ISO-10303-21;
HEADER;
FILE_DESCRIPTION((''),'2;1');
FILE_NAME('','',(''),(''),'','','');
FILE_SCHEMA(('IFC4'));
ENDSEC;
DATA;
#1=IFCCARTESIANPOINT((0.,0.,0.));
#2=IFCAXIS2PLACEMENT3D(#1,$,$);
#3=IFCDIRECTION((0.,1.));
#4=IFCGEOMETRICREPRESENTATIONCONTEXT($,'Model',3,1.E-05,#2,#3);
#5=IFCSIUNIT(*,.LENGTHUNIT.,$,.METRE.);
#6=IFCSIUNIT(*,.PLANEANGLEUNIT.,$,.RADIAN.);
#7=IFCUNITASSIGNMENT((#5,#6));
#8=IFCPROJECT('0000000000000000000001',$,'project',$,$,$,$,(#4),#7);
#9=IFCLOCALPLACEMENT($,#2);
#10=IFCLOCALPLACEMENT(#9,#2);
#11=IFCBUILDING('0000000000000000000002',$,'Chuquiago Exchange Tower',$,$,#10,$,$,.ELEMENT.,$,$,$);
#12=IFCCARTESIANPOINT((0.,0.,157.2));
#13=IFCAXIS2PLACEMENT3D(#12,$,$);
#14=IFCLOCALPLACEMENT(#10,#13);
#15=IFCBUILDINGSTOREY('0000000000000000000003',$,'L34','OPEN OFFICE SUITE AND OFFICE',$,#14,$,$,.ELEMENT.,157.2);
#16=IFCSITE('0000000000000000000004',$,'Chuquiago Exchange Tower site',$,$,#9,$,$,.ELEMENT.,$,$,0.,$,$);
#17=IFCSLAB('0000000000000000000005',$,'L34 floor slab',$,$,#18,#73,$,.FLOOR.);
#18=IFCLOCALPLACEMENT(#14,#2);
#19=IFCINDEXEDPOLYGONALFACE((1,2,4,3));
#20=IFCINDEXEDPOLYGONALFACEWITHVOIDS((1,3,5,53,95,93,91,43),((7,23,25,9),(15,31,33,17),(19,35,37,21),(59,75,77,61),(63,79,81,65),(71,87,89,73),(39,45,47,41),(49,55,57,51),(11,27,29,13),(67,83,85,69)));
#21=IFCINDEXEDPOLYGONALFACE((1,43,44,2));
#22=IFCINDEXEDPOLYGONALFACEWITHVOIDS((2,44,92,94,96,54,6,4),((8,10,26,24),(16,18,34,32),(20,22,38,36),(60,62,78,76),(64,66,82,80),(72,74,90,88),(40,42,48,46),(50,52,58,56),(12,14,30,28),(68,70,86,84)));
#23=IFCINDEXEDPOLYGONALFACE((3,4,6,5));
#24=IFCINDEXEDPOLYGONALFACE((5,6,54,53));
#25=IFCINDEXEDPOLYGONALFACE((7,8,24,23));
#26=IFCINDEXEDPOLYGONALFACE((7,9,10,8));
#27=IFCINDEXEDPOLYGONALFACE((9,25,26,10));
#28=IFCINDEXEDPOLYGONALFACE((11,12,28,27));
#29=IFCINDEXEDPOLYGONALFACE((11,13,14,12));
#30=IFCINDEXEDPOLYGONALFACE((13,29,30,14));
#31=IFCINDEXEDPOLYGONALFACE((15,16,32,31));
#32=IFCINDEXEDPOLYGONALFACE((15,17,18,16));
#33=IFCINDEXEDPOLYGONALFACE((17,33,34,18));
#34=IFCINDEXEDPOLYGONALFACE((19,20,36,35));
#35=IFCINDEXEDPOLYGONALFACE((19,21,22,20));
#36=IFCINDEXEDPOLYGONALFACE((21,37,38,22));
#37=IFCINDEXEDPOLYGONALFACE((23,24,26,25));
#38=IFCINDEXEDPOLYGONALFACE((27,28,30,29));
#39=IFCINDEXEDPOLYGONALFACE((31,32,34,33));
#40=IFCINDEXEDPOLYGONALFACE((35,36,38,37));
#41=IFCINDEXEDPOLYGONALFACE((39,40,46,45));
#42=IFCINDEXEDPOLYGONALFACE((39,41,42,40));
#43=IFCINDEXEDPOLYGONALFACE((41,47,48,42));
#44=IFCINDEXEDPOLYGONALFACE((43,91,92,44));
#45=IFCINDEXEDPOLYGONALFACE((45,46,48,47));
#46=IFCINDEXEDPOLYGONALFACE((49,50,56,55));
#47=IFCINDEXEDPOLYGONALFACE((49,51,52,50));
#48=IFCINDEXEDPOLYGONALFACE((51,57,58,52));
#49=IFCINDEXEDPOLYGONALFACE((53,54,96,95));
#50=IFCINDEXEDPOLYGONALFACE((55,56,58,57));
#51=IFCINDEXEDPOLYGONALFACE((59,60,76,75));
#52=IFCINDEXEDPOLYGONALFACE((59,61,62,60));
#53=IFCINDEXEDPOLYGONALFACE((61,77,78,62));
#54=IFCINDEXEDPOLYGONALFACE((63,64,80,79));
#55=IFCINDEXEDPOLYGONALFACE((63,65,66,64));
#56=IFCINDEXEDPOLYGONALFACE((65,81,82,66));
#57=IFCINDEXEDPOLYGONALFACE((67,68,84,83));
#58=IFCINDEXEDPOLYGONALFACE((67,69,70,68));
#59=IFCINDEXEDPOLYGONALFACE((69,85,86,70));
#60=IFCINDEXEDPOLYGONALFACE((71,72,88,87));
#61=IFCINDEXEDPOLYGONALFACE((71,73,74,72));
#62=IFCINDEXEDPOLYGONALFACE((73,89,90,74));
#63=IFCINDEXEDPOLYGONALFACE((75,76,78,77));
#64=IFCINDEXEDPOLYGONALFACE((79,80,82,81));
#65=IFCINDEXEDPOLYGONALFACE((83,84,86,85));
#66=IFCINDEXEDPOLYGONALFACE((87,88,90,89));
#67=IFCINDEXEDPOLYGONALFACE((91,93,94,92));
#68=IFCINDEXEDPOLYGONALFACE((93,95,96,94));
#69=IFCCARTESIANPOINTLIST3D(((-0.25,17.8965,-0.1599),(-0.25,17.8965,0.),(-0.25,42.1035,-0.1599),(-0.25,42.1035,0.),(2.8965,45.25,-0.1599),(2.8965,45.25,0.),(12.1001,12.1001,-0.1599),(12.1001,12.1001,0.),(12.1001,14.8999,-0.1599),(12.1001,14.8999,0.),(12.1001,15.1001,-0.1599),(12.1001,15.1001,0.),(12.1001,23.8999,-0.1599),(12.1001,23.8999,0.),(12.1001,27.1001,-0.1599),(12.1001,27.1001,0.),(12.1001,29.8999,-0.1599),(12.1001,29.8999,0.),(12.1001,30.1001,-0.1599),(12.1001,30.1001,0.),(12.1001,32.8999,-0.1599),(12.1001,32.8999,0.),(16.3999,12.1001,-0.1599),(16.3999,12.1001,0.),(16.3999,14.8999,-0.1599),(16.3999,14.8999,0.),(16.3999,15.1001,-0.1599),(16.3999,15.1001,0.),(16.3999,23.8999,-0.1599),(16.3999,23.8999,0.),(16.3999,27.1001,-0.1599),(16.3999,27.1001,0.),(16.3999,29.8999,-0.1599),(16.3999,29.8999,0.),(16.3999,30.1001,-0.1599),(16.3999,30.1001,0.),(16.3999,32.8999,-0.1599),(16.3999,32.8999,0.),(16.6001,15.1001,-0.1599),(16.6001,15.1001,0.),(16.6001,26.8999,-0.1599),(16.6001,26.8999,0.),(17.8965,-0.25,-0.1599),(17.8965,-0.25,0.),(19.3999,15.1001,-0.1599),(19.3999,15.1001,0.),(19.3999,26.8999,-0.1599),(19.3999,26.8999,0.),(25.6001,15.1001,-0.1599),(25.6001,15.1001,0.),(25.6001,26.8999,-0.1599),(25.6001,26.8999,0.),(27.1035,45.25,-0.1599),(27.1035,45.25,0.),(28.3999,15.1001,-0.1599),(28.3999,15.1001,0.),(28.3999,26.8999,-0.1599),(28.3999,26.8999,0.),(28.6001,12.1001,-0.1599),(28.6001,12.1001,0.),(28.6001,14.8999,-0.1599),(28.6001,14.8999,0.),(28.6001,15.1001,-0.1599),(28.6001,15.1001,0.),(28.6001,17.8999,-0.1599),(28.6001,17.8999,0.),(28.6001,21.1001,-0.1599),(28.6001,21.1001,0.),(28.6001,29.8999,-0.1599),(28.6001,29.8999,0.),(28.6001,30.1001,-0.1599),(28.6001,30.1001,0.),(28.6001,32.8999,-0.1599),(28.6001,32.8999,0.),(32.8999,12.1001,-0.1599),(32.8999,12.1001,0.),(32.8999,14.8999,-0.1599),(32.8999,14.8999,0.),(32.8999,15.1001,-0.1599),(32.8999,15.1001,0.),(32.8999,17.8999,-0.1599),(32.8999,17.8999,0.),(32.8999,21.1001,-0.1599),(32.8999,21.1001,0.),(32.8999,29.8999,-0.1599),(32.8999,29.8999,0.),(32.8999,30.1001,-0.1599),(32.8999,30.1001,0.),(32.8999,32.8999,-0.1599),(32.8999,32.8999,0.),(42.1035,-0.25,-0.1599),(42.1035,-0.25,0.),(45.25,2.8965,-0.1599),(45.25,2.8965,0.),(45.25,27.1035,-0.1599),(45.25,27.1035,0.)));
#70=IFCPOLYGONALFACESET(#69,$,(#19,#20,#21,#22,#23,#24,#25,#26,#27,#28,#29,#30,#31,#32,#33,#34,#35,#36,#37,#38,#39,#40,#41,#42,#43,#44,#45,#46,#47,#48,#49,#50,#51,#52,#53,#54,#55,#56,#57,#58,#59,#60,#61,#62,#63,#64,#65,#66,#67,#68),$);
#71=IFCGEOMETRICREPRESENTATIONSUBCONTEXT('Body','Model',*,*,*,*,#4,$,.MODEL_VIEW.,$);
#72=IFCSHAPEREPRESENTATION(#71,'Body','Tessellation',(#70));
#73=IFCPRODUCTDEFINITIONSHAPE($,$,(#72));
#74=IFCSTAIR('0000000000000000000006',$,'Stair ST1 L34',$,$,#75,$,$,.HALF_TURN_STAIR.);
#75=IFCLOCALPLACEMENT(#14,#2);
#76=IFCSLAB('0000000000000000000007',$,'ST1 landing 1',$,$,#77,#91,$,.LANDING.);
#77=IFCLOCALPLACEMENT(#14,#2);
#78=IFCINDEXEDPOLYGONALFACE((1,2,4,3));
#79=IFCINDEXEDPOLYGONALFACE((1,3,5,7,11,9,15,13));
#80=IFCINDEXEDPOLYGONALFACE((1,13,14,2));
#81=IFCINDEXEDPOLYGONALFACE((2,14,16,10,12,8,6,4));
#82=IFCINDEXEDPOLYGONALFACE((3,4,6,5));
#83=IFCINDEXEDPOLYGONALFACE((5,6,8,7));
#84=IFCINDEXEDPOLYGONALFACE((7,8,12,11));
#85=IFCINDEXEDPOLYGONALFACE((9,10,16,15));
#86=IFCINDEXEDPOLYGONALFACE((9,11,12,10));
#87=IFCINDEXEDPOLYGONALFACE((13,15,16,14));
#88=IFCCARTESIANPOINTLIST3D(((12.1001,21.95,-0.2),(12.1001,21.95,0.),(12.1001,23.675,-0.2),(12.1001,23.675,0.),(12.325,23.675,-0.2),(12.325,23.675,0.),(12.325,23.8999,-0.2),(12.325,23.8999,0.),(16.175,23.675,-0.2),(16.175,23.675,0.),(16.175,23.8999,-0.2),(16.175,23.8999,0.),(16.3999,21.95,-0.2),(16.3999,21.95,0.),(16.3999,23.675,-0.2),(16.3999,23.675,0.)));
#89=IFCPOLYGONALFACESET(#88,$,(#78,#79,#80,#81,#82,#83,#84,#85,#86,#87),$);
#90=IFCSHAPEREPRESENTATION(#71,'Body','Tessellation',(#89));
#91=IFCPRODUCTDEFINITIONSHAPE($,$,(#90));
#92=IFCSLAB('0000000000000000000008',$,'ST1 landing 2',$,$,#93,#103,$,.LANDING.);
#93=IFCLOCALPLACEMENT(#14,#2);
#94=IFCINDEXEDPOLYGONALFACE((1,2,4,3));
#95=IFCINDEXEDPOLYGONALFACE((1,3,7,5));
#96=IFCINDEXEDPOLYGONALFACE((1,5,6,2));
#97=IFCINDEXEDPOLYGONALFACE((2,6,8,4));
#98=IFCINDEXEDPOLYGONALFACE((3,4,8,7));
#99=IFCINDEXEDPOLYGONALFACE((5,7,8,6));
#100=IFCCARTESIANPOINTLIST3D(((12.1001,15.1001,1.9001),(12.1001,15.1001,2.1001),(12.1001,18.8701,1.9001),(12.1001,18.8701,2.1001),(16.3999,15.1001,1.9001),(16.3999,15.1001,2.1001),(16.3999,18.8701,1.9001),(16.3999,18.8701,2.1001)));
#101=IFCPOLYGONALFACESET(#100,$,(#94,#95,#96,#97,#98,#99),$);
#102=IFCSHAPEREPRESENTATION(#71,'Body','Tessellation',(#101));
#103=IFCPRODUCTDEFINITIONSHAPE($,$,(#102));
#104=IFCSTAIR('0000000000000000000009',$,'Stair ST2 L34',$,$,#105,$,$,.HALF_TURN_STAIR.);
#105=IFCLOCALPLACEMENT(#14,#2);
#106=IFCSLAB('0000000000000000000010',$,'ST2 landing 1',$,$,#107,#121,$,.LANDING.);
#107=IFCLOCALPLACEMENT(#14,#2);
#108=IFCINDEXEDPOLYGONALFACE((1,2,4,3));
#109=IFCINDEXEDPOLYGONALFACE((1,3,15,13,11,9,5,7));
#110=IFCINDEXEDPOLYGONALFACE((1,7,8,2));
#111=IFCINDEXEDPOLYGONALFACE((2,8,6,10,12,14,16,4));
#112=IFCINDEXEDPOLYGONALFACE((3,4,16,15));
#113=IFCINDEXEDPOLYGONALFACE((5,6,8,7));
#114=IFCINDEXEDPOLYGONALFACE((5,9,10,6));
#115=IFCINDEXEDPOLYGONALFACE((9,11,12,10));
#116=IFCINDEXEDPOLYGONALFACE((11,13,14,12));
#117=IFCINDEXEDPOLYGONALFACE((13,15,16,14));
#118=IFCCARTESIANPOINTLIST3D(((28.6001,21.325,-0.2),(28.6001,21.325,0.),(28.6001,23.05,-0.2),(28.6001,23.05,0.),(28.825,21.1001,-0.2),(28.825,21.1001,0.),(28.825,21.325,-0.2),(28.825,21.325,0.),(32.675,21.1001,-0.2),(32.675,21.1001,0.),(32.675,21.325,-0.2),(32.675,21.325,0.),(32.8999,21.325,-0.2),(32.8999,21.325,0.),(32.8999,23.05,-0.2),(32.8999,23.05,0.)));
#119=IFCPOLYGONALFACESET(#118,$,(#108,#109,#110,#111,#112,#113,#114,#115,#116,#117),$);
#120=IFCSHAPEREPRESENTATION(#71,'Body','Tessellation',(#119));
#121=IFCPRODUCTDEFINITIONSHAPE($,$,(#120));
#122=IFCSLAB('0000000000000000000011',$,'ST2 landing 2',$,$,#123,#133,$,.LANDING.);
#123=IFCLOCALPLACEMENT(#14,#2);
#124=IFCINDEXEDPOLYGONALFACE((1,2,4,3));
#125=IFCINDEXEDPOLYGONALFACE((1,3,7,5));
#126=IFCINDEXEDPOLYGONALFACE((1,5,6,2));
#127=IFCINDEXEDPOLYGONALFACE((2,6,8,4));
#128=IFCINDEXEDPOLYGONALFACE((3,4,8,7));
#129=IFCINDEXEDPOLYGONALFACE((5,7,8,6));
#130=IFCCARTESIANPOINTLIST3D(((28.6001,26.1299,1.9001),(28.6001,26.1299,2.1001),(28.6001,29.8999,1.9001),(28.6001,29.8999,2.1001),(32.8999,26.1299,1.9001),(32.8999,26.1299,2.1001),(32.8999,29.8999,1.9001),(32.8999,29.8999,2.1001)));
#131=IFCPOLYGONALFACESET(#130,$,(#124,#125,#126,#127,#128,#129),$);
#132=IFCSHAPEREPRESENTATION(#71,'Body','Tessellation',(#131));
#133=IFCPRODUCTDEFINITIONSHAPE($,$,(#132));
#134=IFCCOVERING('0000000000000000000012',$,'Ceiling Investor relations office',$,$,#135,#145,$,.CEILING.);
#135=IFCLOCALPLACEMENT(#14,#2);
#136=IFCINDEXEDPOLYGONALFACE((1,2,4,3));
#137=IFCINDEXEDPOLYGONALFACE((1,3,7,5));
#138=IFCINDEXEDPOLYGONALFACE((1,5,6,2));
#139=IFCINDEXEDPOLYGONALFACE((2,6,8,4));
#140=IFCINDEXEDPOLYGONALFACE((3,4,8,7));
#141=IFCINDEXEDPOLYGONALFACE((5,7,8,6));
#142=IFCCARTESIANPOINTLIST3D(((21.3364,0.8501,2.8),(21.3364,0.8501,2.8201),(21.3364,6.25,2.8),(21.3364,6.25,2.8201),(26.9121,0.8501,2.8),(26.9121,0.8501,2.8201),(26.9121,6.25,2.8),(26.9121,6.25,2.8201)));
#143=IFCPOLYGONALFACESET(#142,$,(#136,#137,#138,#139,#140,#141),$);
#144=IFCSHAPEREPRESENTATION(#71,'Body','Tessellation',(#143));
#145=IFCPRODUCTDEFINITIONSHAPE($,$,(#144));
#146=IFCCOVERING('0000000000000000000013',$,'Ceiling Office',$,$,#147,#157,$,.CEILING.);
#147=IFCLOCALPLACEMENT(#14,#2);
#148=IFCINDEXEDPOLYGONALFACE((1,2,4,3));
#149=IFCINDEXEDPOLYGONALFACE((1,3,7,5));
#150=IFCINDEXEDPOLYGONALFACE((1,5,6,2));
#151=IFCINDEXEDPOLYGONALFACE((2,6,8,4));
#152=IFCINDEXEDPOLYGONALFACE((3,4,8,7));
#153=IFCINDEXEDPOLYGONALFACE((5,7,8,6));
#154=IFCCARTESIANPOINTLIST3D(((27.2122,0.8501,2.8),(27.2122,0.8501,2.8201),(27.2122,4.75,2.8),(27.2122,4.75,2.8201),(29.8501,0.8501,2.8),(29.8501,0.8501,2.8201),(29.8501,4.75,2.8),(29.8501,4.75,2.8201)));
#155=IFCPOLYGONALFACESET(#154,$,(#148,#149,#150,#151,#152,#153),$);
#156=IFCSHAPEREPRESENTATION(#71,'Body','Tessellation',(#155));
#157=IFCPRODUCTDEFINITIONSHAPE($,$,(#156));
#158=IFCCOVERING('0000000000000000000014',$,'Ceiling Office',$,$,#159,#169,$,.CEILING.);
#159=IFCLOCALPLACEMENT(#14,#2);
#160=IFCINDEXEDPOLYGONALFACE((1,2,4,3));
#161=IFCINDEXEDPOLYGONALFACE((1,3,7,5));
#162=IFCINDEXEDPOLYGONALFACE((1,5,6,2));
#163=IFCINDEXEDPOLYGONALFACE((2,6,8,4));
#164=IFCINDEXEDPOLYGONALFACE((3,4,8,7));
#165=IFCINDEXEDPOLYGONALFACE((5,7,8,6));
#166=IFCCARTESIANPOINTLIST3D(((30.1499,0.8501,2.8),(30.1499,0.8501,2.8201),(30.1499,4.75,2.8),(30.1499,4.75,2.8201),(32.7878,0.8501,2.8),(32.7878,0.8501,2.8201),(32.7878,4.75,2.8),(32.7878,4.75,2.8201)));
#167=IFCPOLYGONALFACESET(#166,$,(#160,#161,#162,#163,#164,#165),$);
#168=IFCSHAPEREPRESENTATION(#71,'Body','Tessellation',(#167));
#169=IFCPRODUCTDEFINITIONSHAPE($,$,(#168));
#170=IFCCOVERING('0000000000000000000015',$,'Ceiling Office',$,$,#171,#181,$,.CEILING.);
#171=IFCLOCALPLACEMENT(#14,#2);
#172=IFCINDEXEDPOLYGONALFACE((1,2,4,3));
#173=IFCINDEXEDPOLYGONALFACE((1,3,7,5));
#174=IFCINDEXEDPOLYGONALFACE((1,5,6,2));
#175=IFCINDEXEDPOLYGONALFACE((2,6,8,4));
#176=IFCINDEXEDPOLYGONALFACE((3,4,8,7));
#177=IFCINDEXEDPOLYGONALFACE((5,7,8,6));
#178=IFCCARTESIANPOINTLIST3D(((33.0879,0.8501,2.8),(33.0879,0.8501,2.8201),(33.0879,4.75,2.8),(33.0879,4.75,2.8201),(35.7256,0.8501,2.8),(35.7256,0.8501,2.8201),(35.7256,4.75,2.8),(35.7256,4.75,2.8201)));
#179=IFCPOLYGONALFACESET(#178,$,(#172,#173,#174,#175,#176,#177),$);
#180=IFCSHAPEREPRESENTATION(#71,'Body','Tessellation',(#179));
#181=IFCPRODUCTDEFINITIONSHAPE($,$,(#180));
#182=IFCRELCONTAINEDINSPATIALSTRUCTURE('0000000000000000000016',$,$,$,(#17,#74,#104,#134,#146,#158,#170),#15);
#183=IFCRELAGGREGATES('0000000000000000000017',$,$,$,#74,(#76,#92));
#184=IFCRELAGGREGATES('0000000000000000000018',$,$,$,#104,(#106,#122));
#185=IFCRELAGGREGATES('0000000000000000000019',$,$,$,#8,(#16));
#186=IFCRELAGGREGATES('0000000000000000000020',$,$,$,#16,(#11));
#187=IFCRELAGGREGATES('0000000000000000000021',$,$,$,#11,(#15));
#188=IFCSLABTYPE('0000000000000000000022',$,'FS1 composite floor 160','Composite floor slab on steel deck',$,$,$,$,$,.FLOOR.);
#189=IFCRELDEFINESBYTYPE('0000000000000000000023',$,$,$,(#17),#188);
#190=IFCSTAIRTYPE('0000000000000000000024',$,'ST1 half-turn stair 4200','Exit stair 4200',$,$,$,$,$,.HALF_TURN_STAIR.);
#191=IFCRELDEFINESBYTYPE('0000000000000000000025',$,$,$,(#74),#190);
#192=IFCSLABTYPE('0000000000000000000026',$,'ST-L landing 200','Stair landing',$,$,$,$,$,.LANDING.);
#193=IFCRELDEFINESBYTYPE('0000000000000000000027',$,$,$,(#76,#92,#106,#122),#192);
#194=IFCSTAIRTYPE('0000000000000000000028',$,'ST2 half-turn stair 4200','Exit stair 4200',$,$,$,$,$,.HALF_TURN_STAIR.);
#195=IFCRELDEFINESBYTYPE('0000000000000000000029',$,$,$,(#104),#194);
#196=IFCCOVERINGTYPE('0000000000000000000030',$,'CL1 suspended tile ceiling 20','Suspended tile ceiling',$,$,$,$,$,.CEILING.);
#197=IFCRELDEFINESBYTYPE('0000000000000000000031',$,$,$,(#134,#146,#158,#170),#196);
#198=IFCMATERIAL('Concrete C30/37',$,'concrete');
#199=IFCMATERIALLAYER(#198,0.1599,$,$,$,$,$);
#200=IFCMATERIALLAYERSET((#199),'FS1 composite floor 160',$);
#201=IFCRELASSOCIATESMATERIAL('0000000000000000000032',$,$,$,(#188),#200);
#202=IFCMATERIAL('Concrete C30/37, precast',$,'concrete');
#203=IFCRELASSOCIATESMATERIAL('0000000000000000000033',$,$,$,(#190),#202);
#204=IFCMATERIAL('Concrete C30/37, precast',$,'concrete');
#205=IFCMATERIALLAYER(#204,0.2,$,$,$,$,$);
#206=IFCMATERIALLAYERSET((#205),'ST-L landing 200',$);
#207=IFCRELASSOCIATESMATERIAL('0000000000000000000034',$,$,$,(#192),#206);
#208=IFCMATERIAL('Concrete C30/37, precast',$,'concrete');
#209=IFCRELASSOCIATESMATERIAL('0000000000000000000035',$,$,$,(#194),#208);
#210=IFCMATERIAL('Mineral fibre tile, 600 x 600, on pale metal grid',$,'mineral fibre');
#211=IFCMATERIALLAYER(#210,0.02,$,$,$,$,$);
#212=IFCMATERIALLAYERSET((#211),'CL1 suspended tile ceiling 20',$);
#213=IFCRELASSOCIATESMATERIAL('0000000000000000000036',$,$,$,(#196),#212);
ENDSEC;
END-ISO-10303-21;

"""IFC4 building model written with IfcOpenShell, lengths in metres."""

from ifc_helpers import new_model, si_unit, direction, frame, origin, place, context, subcontext, project, spatial, polyline, outline, extrude, material, layer, layer_set, type_object, element, aggregate, save


model = new_model("IFC4")

# Units and contexts
model_context = context("Model", 3, precision=1e-05, world=origin(), true_north=direction((0.0, 1.0)))
body_context = subcontext(model_context, "Body", "Model", "MODEL_VIEW")
ifc_project = project(units=[si_unit("LENGTHUNIT", "METRE"), si_unit("PLANEANGLEUNIT", "RADIAN")], contexts=[model_context])

# Site, building, storey
site_placement = place(None, origin())
site = spatial("IfcSite", under=ifc_project, at=site_placement, Name="Chuquiago Exchange Tower site", CompositionType="ELEMENT", RefElevation=0.0)
building_placement = place(site_placement, origin())
building = spatial("IfcBuilding", under=site, at=building_placement, Name="Chuquiago Exchange Tower", CompositionType="ELEMENT")
storey_placement = place(building_placement, frame((0.0, 0.0, 157.2)))
storey = spatial("IfcBuildingStorey", under=building, at=storey_placement, Name="L34", Description="OPEN OFFICE SUITE AND OFFICE", CompositionType="ELEMENT", Elevation=157.2)

# Slab
ifc_material_1 = material(Name="Concrete C30/37", Category="concrete")
ifc_layer_1 = layer(ifc_material_1, 0.1599)
ifc_layer_set_1 = layer_set([ifc_layer_1], Name="FS1 composite floor 160")
slab_type_1 = type_object("IfcSlabType", Name="FS1 composite floor 160", Description="Composite floor slab on steel deck", PredefinedType="FLOOR", material=ifc_layer_set_1)
slab_1_placement = place(storey_placement, frame((0.0, 0.0, -0.1599)))
element("IfcSlab", 1, at=slab_1_placement, inside=storey, type_object=slab_type_1, Name="L34 floor slab", PredefinedType="FLOOR", context=body_context, shape_type="SweptSolid", body=[
    extrude(outline(polyline([(17.8965, -0.25), (-0.25, 17.8965), (-0.25, 42.1035), (2.8965, 45.25), (27.1035, 45.25), (45.25, 27.1035), (45.25, 2.8965), (42.1035, -0.25), (17.8965, -0.25)]), holes=[polyline([(16.3999, 15.1001), (12.1001, 15.1001), (12.1001, 23.8999), (16.3999, 23.8999), (16.3999, 15.1001)]), polyline([(32.8999, 21.1001), (28.6001, 21.1001), (28.6001, 29.8999), (32.8999, 29.8999), (32.8999, 21.1001)]), polyline([(16.3999, 12.1001), (12.1001, 12.1001), (12.1001, 14.8999), (16.3999, 14.8999), (16.3999, 12.1001)]), polyline([(16.3999, 30.1001), (12.1001, 30.1001), (12.1001, 32.8999), (16.3999, 32.8999), (16.3999, 30.1001)]), polyline([(32.8999, 12.1001), (28.6001, 12.1001), (28.6001, 14.8999), (32.8999, 14.8999), (32.8999, 12.1001)]), polyline([(32.8999, 30.1001), (28.6001, 30.1001), (28.6001, 32.8999), (32.8999, 32.8999), (32.8999, 30.1001)]), polyline([(16.3999, 27.1001), (12.1001, 27.1001), (12.1001, 29.8999), (16.3999, 29.8999), (16.3999, 27.1001)]), polyline([(32.8999, 15.1001), (28.6001, 15.1001), (28.6001, 17.8999), (32.8999, 17.8999), (32.8999, 15.1001)]), polyline([(19.3999, 15.1001), (16.6001, 15.1001), (16.6001, 26.8999), (19.3999, 26.8999), (19.3999, 15.1001)]), polyline([(28.3999, 15.1001), (25.6001, 15.1001), (25.6001, 26.8999), (28.3999, 26.8999), (28.3999, 15.1001)])]), origin(), (0.0, 0.0, 1.0), 0.1599),
])

# Stairs, slabs
ifc_material_2 = material(Name="Concrete C30/37, precast", Category="concrete")
stair_type_1 = type_object("IfcStairType", Name="ST1 half-turn stair 4200", Description="Exit stair 4200", PredefinedType="HALF_TURN_STAIR", material=ifc_material_2)
stair_1_placement = place(storey_placement, origin())
stair_1 = element("IfcStair", 2, at=stair_1_placement, inside=storey, type_object=stair_type_1, Name="Stair ST1 L34", PredefinedType="HALF_TURN_STAIR")
ifc_material_3 = material(Name="Concrete C30/37, precast", Category="concrete")
ifc_layer_2 = layer(ifc_material_3, 0.2)
ifc_layer_set_2 = layer_set([ifc_layer_2], Name="ST-L landing 200")
slab_type_2 = type_object("IfcSlabType", Name="ST-L landing 200", Description="Stair landing", PredefinedType="LANDING", material=ifc_layer_set_2)
slab_2_placement = place(storey_placement, frame((0.0, 0.0, -0.2)))
slab_2 = element("IfcSlab", 3, at=slab_2_placement, type_object=slab_type_2, Name="ST1 landing 1", PredefinedType="LANDING", context=body_context, shape_type="SweptSolid", body=[
    extrude(outline(polyline([(12.325, 23.8999), (16.175, 23.8999), (16.175, 23.675), (16.3999, 23.675), (16.3999, 21.95), (12.1001, 21.95), (12.1001, 23.675), (12.325, 23.675), (12.325, 23.8999)])), origin(), (0.0, 0.0, 1.0), 0.2),
])
slab_3_placement = place(storey_placement, frame((0.0, 0.0, 1.9001)))
slab_3 = element("IfcSlab", 4, at=slab_3_placement, type_object=slab_type_2, Name="ST1 landing 2", PredefinedType="LANDING", context=body_context, shape_type="SweptSolid", body=[
    extrude(outline(polyline([(12.1001, 18.8701), (16.3999, 18.8701), (16.3999, 15.1001), (12.1001, 15.1001), (12.1001, 18.8701)])), origin(), (0.0, 0.0, 1.0), 0.2),
])
aggregate(stair_1, [slab_2, slab_3])
ifc_material_4 = material(Name="Concrete C30/37, precast", Category="concrete")
stair_type_2 = type_object("IfcStairType", Name="ST2 half-turn stair 4200", Description="Exit stair 4200", PredefinedType="HALF_TURN_STAIR", material=ifc_material_4)
stair_2_placement = place(storey_placement, origin())
stair_2 = element("IfcStair", 5, at=stair_2_placement, inside=storey, type_object=stair_type_2, Name="Stair ST2 L34", PredefinedType="HALF_TURN_STAIR")
slab_4_placement = place(storey_placement, frame((0.0, 0.0, -0.2)))
slab_4 = element("IfcSlab", 6, at=slab_4_placement, type_object=slab_type_2, Name="ST2 landing 1", PredefinedType="LANDING", context=body_context, shape_type="SweptSolid", body=[
    extrude(outline(polyline([(32.675, 21.325), (32.675, 21.1001), (28.825, 21.1001), (28.825, 21.325), (28.6001, 21.325), (28.6001, 23.05), (32.8999, 23.05), (32.8999, 21.325), (32.675, 21.325)])), origin(), (0.0, 0.0, 1.0), 0.2),
])
slab_5_placement = place(storey_placement, frame((0.0, 0.0, 1.9001)))
slab_5 = element("IfcSlab", 7, at=slab_5_placement, type_object=slab_type_2, Name="ST2 landing 2", PredefinedType="LANDING", context=body_context, shape_type="SweptSolid", body=[
    extrude(outline(polyline([(28.6001, 29.8999), (32.8999, 29.8999), (32.8999, 26.1299), (28.6001, 26.1299), (28.6001, 29.8999)])), origin(), (0.0, 0.0, 1.0), 0.2),
])
aggregate(stair_2, [slab_4, slab_5])

# Coverings
ifc_material_5 = material(Name="Mineral fibre tile, 600 x 600, on pale metal grid", Category="mineral fibre")
ifc_layer_3 = layer(ifc_material_5, 0.02)
ifc_layer_set_3 = layer_set([ifc_layer_3], Name="CL1 suspended tile ceiling 20")
covering_type_1 = type_object("IfcCoveringType", Name="CL1 suspended tile ceiling 20", Description="Suspended tile ceiling", PredefinedType="CEILING", material=ifc_layer_set_3)
covering_1_placement = place(storey_placement, frame((0.0, 0.0, 2.8)))
element("IfcCovering", 8, at=covering_1_placement, inside=storey, type_object=covering_type_1, Name="Ceiling Investor relations office", PredefinedType="CEILING", context=body_context, shape_type="SweptSolid", body=[
    extrude(outline(polyline([(21.3364, 6.25), (26.9121, 6.25), (26.9121, 0.8501), (21.3364, 0.8501), (21.3364, 6.25)])), origin(), (0.0, 0.0, 1.0), 0.02),
])
covering_2_placement = place(storey_placement, frame((0.0, 0.0, 2.8)))
element("IfcCovering", 9, at=covering_2_placement, inside=storey, type_object=covering_type_1, Name="Ceiling Office", PredefinedType="CEILING", context=body_context, shape_type="SweptSolid", body=[
    extrude(outline(polyline([(27.2122, 4.75), (29.8501, 4.75), (29.8501, 0.8501), (27.2122, 0.8501), (27.2122, 4.75)])), origin(), (0.0, 0.0, 1.0), 0.02),
])
covering_3_placement = place(storey_placement, frame((0.0, 0.0, 2.8)))
element("IfcCovering", 10, at=covering_3_placement, inside=storey, type_object=covering_type_1, Name="Ceiling Office", PredefinedType="CEILING", context=body_context, shape_type="SweptSolid", body=[
    extrude(outline(polyline([(30.1499, 4.75), (32.7878, 4.75), (32.7878, 0.8501), (30.1499, 0.8501), (30.1499, 4.75)])), origin(), (0.0, 0.0, 1.0), 0.02),
])
covering_4_placement = place(storey_placement, frame((0.0, 0.0, 2.8)))
element("IfcCovering", 11, at=covering_4_placement, inside=storey, type_object=covering_type_1, Name="Ceiling Office", PredefinedType="CEILING", context=body_context, shape_type="SweptSolid", body=[
    extrude(outline(polyline([(33.0879, 4.75), (35.7256, 4.75), (35.7256, 0.8501), (33.0879, 0.8501), (33.0879, 4.75)])), origin(), (0.0, 0.0, 1.0), 0.02),
])

save(model, "model.ifc")
